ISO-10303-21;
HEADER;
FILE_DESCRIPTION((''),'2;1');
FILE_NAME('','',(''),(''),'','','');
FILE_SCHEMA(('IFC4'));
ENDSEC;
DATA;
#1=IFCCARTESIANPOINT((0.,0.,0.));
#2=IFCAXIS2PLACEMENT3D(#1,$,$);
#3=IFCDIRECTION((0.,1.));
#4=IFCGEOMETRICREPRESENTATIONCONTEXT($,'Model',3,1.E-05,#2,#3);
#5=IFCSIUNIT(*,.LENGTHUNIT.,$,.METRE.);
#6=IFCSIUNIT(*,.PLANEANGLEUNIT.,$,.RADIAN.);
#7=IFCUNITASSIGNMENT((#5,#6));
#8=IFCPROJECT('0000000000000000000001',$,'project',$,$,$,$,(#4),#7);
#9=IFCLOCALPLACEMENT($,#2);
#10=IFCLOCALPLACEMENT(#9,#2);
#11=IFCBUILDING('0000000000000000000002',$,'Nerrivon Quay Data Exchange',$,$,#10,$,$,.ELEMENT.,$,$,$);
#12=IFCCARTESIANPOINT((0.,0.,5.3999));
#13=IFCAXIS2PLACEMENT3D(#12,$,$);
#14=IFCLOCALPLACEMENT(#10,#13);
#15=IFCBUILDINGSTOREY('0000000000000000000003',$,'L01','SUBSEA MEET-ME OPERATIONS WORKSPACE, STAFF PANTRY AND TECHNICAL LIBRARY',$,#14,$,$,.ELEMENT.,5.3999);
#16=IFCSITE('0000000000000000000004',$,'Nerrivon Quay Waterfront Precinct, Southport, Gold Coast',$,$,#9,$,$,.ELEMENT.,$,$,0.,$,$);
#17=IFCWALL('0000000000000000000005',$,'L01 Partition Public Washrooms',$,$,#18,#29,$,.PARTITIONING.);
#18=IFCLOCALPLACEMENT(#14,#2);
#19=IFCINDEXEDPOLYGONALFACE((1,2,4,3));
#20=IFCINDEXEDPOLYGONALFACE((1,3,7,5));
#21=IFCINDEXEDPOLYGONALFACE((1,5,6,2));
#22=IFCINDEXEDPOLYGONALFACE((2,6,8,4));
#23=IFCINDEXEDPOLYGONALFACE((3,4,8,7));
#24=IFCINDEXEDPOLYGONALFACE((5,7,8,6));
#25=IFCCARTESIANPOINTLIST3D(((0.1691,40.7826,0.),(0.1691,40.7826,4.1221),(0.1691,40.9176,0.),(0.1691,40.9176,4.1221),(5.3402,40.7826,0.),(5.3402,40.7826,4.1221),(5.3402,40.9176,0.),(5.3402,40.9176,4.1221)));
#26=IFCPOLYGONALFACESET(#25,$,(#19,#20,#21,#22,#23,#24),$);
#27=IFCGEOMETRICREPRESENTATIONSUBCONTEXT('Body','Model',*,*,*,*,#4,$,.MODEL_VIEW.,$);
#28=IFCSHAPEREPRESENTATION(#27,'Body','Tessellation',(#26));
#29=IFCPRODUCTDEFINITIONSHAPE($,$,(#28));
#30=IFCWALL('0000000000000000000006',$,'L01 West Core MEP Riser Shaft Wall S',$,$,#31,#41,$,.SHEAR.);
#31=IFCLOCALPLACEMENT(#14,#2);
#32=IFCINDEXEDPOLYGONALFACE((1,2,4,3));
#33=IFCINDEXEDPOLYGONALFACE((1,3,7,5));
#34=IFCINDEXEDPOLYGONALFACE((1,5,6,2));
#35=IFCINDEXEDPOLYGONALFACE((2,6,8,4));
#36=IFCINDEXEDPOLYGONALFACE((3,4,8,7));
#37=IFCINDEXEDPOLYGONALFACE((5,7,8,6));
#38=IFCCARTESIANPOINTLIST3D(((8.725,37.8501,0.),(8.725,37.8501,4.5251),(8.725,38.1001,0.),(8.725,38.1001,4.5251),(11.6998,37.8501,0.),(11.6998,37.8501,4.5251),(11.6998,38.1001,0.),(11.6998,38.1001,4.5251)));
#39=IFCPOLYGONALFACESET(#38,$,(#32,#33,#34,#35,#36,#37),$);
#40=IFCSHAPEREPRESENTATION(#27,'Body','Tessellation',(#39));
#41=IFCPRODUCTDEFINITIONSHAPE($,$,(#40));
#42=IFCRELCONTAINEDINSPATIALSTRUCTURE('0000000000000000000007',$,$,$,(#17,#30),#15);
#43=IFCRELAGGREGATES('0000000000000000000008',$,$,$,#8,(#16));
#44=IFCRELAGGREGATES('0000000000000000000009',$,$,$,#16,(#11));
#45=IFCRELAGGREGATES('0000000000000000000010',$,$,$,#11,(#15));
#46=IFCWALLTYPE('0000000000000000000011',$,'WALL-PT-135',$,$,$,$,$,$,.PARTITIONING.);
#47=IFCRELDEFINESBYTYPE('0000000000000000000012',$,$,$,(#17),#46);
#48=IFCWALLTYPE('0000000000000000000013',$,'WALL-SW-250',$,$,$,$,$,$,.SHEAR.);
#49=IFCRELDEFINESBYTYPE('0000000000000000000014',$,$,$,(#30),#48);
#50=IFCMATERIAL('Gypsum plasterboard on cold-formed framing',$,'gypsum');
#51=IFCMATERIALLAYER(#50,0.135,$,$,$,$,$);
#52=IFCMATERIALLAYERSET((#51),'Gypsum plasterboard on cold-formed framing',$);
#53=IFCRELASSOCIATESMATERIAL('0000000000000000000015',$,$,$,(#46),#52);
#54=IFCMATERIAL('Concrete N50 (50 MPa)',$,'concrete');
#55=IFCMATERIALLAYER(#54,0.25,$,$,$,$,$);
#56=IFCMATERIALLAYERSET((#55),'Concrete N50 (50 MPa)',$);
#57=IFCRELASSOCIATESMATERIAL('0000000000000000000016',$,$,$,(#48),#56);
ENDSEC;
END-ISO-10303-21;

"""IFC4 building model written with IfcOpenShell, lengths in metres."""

from ifc_helpers import new_model, si_unit, direction, frame, frame_2d, origin, place, context, subcontext, project, spatial, rectangle, extrude, material, layer, layer_set, type_object, element, save


model = new_model("IFC4")

# Units and contexts
model_context = context("Model", 3, precision=1e-05, world=origin(), true_north=direction((0.0, 1.0)))
body_context = subcontext(model_context, "Body", "Model", "MODEL_VIEW")
ifc_project = project(units=[si_unit("LENGTHUNIT", "METRE"), si_unit("PLANEANGLEUNIT", "RADIAN")], contexts=[model_context])

# Site, building, storey
site_placement = place(None, origin())
site = spatial("IfcSite", under=ifc_project, at=site_placement, Name="Nerrivon Quay Waterfront Precinct, Southport, Gold Coast", CompositionType="ELEMENT", RefElevation=0.0)
building_placement = place(site_placement, origin())
building = spatial("IfcBuilding", under=site, at=building_placement, Name="Nerrivon Quay Data Exchange", CompositionType="ELEMENT")
storey_placement = place(building_placement, frame((0.0, 0.0, 5.3999)))
storey = spatial("IfcBuildingStorey", under=building, at=storey_placement, Name="L01", Description="SUBSEA MEET-ME OPERATIONS WORKSPACE, STAFF PANTRY AND TECHNICAL LIBRARY", CompositionType="ELEMENT", Elevation=5.3999)

# Shared definitions
ifc_material_1 = material(Name="Gypsum plasterboard on cold-formed framing", Category="gypsum")

# Walls
ifc_layer_1 = layer(ifc_material_1, 0.135)
ifc_layer_set_1 = layer_set([ifc_layer_1], Name="Gypsum plasterboard on cold-formed framing")
wall_type_1 = type_object("IfcWallType", Name="WALL-PT-135", PredefinedType="PARTITIONING", material=ifc_layer_set_1)
wall_1_placement = place(storey_placement, frame((5.3401, 40.8501, 0.0), z_axis=(0.0, 0.0, 1.0), x_axis=(-1.0, 0.0, 0.0)))
element("IfcWall", 1, at=wall_1_placement, inside=storey, type_object=wall_type_1, Name="L01 Partition Public Washrooms", PredefinedType="PARTITIONING", context=body_context, shape_type="SweptSolid", body=[
    extrude(rectangle(XDim=5.1711, YDim=0.135, at=frame_2d((2.5854, 0.0))), origin(), (0.0, 0.0, 1.0), 4.1221),
])
ifc_material_2 = material(Name="Concrete N50 (50 MPa)", Category="concrete")
ifc_layer_2 = layer(ifc_material_2, 0.25)
ifc_layer_set_2 = layer_set([ifc_layer_2], Name="Concrete N50 (50 MPa)")
wall_type_2 = type_object("IfcWallType", Name="WALL-SW-250", PredefinedType="SHEAR", material=ifc_layer_set_2)
wall_2_placement = place(storey_placement, frame((8.7251, 37.9751, 0.0), z_axis=(0.0, 0.0, 1.0), x_axis=(1.0, 0.0, 0.0)))
element("IfcWall", 2, at=wall_2_placement, inside=storey, type_object=wall_type_2, Name="L01 West Core MEP Riser Shaft Wall S", PredefinedType="SHEAR", context=body_context, shape_type="SweptSolid", body=[
    extrude(rectangle(XDim=2.9749, YDim=0.25, at=frame_2d((1.4873, 0.0))), origin(), (0.0, 0.0, 1.0), 4.5251),
])

save(model, "model.ifc")
